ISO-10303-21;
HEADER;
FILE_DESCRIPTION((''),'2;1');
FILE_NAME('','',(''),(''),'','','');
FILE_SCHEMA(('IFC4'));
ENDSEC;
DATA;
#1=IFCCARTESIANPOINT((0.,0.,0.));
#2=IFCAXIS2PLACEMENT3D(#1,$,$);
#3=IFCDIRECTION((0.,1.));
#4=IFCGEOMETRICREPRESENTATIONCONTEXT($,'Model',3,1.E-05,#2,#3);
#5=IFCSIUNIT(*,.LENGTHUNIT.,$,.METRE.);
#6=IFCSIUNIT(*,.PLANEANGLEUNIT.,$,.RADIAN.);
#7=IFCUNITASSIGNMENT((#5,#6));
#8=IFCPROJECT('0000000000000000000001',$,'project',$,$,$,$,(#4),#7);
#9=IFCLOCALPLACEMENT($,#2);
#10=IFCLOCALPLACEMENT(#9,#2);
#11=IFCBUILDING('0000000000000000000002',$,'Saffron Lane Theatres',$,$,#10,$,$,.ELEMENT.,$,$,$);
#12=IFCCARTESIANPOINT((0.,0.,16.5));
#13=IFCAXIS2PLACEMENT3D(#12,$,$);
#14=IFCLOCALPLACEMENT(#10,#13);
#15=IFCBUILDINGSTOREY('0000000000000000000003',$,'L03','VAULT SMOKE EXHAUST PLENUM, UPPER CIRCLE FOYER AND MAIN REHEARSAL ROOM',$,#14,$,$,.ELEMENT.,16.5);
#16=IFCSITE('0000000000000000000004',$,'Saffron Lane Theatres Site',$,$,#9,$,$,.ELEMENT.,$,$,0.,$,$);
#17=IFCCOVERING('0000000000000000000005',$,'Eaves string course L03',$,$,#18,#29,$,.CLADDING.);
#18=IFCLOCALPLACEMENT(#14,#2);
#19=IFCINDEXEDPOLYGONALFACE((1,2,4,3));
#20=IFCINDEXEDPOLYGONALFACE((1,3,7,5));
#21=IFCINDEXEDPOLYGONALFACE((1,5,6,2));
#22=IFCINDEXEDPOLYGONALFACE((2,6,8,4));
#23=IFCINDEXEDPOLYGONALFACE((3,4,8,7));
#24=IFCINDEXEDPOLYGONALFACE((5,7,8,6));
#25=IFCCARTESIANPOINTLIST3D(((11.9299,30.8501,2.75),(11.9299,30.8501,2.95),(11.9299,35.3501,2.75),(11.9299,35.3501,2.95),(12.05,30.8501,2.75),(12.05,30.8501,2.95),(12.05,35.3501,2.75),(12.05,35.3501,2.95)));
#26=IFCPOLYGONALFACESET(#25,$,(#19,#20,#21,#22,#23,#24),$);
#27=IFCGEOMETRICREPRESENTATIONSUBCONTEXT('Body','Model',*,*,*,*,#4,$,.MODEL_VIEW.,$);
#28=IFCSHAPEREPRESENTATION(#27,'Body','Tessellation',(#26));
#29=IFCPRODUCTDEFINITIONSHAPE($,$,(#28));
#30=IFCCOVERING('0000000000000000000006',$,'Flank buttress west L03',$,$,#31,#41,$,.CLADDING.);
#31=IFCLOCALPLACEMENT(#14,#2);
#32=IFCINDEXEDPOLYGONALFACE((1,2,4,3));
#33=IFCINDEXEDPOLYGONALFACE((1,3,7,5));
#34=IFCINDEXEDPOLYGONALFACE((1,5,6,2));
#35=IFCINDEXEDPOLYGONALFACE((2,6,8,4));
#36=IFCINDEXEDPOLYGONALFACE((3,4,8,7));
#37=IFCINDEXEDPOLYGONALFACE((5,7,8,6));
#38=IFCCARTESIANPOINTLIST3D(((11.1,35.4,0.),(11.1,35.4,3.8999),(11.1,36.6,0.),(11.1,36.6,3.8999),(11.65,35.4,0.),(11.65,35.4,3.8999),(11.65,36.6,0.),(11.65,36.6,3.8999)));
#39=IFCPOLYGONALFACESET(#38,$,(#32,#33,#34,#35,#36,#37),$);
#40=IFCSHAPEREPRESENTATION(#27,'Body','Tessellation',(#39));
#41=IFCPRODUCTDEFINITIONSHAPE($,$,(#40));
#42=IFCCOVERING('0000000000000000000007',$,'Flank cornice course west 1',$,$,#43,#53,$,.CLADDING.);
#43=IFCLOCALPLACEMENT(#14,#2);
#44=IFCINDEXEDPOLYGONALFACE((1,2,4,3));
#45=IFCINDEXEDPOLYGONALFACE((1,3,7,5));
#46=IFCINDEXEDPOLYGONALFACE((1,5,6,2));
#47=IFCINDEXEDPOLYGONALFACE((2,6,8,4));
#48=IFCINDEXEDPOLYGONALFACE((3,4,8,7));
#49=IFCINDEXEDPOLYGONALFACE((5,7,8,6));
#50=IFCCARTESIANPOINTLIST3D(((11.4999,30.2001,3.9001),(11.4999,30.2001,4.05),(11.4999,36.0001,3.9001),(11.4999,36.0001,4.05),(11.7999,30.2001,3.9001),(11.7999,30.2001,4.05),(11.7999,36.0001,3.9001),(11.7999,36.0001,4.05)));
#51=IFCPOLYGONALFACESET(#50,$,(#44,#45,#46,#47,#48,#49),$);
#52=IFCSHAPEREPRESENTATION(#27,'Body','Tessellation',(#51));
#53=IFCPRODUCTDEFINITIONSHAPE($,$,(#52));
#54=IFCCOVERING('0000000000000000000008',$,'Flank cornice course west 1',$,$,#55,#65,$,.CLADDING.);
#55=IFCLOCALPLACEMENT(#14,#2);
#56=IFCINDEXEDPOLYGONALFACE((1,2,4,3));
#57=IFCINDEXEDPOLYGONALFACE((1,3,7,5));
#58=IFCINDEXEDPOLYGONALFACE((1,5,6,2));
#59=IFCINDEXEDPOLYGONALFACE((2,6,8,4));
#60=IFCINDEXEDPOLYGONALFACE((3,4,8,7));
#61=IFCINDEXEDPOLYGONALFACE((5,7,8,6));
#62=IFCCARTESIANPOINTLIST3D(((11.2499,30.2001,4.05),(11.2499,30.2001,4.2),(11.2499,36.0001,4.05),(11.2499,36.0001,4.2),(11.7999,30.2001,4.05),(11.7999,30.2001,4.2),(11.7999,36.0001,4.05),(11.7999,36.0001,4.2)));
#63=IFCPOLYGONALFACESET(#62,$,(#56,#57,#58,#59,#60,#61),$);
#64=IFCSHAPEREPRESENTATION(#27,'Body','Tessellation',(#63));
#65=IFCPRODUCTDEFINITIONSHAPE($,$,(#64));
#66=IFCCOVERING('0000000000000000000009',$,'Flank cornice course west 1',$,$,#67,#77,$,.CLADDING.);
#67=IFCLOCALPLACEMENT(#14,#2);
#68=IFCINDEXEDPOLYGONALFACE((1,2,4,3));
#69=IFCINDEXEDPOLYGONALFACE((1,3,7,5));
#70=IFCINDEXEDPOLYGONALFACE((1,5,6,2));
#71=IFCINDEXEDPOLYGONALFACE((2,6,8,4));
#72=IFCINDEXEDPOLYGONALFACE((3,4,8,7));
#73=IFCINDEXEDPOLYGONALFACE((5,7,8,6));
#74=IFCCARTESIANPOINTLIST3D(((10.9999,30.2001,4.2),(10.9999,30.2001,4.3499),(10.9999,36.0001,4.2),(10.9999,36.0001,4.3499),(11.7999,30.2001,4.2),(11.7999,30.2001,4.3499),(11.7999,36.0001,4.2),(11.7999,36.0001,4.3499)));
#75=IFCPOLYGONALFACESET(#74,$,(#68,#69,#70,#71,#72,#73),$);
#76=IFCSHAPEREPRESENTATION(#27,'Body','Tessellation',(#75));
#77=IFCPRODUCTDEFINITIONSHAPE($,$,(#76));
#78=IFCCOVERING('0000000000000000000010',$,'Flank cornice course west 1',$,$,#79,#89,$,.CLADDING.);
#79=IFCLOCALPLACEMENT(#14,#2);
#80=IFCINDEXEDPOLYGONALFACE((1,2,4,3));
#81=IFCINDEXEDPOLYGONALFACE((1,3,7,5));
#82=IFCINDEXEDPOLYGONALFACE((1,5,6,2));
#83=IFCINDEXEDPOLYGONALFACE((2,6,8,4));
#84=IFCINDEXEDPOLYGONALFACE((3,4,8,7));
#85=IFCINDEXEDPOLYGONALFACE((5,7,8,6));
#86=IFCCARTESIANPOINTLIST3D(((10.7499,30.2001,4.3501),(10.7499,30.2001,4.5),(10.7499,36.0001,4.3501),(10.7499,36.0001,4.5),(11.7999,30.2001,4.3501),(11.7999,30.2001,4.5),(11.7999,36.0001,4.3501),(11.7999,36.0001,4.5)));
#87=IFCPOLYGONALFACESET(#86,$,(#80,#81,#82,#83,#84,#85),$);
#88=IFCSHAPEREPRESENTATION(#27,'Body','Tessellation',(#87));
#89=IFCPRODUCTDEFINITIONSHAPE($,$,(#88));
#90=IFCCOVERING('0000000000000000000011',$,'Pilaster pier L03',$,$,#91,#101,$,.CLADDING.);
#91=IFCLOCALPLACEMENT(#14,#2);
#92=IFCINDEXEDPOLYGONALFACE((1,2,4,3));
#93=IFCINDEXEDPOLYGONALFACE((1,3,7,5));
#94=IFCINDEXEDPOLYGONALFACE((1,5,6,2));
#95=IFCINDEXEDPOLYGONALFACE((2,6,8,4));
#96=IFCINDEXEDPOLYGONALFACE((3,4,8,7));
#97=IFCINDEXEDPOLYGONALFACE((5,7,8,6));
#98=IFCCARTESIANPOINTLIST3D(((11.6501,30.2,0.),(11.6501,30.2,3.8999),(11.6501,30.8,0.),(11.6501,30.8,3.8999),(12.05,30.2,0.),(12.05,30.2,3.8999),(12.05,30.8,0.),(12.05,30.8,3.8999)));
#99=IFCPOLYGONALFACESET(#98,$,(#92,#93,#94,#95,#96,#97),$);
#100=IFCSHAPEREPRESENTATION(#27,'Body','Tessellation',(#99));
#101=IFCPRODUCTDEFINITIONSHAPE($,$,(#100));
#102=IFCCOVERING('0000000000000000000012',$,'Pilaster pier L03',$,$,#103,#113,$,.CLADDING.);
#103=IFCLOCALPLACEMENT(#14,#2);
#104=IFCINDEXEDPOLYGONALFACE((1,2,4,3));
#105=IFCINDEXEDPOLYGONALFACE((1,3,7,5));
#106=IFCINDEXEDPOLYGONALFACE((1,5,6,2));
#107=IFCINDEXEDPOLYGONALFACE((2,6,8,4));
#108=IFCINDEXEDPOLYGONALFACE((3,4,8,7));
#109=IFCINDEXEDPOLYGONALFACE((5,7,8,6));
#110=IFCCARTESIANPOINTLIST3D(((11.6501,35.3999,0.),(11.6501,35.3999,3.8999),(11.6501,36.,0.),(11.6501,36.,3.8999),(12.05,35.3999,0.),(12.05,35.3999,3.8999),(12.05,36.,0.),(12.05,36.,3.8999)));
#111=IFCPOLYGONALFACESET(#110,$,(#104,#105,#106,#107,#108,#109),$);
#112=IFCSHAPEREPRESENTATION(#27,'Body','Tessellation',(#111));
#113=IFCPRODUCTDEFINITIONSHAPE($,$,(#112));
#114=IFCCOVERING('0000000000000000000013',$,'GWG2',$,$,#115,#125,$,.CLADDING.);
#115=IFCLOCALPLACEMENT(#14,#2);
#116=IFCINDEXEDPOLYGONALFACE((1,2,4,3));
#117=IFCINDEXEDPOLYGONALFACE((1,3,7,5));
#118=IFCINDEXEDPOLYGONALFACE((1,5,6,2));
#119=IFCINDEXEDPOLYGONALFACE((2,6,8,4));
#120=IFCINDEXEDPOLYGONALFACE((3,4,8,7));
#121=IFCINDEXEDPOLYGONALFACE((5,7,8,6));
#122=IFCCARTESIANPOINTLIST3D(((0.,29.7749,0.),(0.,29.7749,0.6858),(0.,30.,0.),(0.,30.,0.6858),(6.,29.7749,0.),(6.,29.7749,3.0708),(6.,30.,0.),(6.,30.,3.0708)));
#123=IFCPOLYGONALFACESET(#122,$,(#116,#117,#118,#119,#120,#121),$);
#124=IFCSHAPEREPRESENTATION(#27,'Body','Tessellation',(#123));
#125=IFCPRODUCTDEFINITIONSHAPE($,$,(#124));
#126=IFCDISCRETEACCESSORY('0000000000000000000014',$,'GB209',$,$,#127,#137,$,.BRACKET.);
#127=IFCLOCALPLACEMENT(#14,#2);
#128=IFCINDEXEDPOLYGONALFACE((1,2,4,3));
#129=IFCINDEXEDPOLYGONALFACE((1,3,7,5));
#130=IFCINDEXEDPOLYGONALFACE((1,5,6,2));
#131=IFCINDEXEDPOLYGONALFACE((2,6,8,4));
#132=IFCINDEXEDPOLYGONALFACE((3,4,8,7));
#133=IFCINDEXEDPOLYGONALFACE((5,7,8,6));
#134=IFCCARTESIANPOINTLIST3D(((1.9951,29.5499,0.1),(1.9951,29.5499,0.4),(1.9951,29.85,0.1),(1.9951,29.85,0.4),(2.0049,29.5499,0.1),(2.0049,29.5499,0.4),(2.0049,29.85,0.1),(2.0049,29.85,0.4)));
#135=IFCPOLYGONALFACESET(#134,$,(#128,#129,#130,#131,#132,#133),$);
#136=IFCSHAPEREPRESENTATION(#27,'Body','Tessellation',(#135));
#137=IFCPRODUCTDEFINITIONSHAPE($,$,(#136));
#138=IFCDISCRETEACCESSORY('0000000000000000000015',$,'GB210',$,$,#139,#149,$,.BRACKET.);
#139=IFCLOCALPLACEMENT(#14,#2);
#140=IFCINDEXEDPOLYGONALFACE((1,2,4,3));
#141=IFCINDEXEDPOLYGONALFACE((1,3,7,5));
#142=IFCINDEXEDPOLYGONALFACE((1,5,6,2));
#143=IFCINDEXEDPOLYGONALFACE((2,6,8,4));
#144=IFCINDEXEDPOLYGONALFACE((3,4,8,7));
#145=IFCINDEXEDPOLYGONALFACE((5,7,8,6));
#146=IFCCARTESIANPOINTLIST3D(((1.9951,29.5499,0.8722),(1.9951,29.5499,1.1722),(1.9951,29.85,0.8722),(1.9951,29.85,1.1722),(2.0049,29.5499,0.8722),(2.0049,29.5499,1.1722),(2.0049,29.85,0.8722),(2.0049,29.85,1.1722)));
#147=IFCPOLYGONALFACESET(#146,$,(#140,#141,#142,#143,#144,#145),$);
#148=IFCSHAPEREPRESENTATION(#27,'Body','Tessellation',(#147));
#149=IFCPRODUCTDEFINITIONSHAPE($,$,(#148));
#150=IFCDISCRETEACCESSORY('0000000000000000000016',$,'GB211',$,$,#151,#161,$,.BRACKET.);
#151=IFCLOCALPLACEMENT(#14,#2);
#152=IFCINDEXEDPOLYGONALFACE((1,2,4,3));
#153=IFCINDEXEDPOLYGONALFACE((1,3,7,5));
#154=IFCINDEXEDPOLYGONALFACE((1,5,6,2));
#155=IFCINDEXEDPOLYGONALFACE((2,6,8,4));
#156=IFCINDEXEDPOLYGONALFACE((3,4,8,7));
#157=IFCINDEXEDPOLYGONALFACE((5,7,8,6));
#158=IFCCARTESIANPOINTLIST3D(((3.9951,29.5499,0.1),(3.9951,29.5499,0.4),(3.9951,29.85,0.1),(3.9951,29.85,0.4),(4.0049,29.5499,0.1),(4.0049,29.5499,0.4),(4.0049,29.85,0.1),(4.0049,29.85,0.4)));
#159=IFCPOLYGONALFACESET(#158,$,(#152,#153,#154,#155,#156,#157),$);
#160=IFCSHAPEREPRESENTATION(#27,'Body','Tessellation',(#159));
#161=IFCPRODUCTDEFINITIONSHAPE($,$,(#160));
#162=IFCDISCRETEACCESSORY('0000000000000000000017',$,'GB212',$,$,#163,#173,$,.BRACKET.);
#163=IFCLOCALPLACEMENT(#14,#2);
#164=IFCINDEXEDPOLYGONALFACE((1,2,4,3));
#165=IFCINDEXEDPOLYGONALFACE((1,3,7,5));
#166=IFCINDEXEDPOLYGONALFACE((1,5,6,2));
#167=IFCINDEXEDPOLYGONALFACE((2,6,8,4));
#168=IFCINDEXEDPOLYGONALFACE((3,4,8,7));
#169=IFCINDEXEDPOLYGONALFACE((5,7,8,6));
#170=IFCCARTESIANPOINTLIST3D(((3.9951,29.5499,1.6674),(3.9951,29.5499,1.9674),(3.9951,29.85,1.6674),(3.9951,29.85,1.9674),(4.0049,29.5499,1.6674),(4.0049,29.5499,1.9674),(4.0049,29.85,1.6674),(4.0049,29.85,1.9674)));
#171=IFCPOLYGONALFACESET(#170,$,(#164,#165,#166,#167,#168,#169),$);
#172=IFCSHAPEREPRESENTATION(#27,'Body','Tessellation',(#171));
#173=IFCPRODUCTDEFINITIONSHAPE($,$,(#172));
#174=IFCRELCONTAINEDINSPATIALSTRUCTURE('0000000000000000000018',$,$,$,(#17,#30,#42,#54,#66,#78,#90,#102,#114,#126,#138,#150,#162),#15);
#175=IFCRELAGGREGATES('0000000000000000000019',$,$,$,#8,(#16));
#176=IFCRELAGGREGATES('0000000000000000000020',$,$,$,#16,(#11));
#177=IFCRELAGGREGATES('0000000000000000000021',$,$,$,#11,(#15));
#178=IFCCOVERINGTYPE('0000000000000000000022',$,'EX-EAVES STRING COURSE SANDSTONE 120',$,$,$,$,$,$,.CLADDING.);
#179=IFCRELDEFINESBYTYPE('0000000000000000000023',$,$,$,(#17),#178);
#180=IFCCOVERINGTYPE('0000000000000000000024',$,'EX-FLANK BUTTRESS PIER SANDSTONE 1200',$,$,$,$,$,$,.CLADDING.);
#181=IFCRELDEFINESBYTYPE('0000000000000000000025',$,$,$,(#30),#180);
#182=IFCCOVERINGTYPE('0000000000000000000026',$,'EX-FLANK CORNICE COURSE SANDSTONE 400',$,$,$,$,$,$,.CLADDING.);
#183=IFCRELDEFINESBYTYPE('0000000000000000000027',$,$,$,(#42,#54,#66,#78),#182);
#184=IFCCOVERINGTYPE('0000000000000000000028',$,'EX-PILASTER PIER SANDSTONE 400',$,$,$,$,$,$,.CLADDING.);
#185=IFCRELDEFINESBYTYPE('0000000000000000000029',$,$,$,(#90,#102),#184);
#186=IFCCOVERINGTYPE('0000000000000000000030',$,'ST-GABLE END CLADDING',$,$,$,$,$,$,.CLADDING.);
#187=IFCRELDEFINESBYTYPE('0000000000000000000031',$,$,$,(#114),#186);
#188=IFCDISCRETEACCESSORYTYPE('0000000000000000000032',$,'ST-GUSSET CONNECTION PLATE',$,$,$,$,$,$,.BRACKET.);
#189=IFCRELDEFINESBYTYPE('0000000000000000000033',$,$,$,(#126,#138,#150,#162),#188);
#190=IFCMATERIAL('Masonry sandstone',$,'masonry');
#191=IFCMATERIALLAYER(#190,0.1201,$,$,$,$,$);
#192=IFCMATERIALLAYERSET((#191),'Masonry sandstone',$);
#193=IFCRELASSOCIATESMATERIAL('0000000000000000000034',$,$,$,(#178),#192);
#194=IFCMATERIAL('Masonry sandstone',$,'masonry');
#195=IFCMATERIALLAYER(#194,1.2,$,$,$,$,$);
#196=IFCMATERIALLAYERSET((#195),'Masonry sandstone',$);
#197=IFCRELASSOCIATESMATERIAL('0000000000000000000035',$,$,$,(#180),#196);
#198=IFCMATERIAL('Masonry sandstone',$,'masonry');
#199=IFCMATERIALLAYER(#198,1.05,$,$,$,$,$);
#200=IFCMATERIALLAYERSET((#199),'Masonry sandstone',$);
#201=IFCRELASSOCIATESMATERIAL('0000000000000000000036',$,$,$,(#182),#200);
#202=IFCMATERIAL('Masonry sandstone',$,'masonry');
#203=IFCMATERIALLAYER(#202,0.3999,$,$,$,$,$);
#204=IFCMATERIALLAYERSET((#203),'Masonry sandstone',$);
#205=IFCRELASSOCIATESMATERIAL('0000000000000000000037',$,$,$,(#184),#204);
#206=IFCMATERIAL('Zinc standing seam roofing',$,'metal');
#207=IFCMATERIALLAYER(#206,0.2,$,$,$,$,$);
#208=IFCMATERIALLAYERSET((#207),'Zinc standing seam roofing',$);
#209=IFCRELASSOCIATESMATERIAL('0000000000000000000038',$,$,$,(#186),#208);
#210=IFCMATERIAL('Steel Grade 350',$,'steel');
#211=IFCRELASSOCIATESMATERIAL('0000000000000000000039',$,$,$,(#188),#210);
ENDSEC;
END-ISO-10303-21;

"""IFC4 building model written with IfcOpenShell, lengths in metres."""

from ifc_helpers import new_model, si_unit, direction, frame, origin, origin_2d, place, context, subcontext, project, spatial, polyline, rectangle, outline, extrude, material, layer, layer_set, material_profile, profile_set, type_object, element, save


model = new_model("IFC4")

# Units and contexts
model_context = context("Model", 3, precision=1e-05, world=origin(), true_north=direction((0.0, 1.0)))
body_context = subcontext(model_context, "Body", "Model", "MODEL_VIEW")
ifc_project = project(units=[si_unit("LENGTHUNIT", "METRE"), si_unit("PLANEANGLEUNIT", "RADIAN")], contexts=[model_context])

# Site, building, storey
site_placement = place(None, origin())
site = spatial("IfcSite", under=ifc_project, at=site_placement, Name="Saffron Lane Theatres Site", CompositionType="ELEMENT", RefElevation=0.0)
building_placement = place(site_placement, origin())
building = spatial("IfcBuilding", under=site, at=building_placement, Name="Saffron Lane Theatres", CompositionType="ELEMENT")
storey_placement = place(building_placement, frame((0.0, 0.0, 16.5)))
storey = spatial("IfcBuildingStorey", under=building, at=storey_placement, Name="L03", Description="VAULT SMOKE EXHAUST PLENUM, UPPER CIRCLE FOYER AND MAIN REHEARSAL ROOM", CompositionType="ELEMENT", Elevation=16.5)

# Coverings
ifc_material_1 = material(Name="Masonry sandstone", Category="masonry")
ifc_layer_1 = layer(ifc_material_1, 0.1201)
ifc_layer_set_1 = layer_set([ifc_layer_1], Name="Masonry sandstone")
covering_type_1 = type_object("IfcCoveringType", Name="EX-EAVES STRING COURSE SANDSTONE 120", PredefinedType="CLADDING", material=ifc_layer_set_1)
covering_1_placement = place(storey_placement, frame((11.99, 33.1001, 2.75), z_axis=(0.0, 0.0, 1.0), x_axis=(0.0, 1.0, 0.0)))
element("IfcCovering", 1, at=covering_1_placement, inside=storey, type_object=covering_type_1, Name="Eaves string course L03", PredefinedType="CLADDING", context=body_context, shape_type="SweptSolid", body=[
    extrude(rectangle(XDim=4.5, YDim=0.1201, at=origin_2d()), origin(), (0.0, 0.0, 1.0), 0.2),
])
ifc_material_2 = material(Name="Masonry sandstone", Category="masonry")
ifc_layer_2 = layer(ifc_material_2, 1.2)
ifc_layer_set_2 = layer_set([ifc_layer_2], Name="Masonry sandstone")
covering_type_2 = type_object("IfcCoveringType", Name="EX-FLANK BUTTRESS PIER SANDSTONE 1200", PredefinedType="CLADDING", material=ifc_layer_set_2)
covering_2_placement = place(storey_placement, frame((11.375, 36.0, 0.0), z_axis=(0.0, 0.0, 1.0), x_axis=(0.0, 1.0, 0.0)))
element("IfcCovering", 2, at=covering_2_placement, inside=storey, type_object=covering_type_2, Name="Flank buttress west L03", PredefinedType="CLADDING", context=body_context, shape_type="SweptSolid", body=[
    extrude(rectangle(XDim=1.2, YDim=0.55, at=origin_2d()), origin(), (0.0, 0.0, 1.0), 3.8999),
])
ifc_material_3 = material(Name="Masonry sandstone", Category="masonry")
ifc_layer_3 = layer(ifc_material_3, 1.05)
ifc_layer_set_3 = layer_set([ifc_layer_3], Name="Masonry sandstone")
covering_type_3 = type_object("IfcCoveringType", Name="EX-FLANK CORNICE COURSE SANDSTONE 400", PredefinedType="CLADDING", material=ifc_layer_set_3)
covering_3_placement = place(storey_placement, frame((11.6499, 33.1001, 3.9001), z_axis=(0.0, 0.0, 1.0), x_axis=(0.0, 1.0, 0.0)))
element("IfcCovering", 3, at=covering_3_placement, inside=storey, type_object=covering_type_3, Name="Flank cornice course west 1", PredefinedType="CLADDING", context=body_context, shape_type="SweptSolid", body=[
    extrude(rectangle(XDim=5.8, YDim=0.3, at=origin_2d()), origin(), (0.0, 0.0, 1.0), 0.1499),
])
covering_4_placement = place(storey_placement, frame((11.5249, 33.1001, 4.05), z_axis=(0.0, 0.0, 1.0), x_axis=(0.0, 1.0, 0.0)))
element("IfcCovering", 4, at=covering_4_placement, inside=storey, type_object=covering_type_3, Name="Flank cornice course west 1", PredefinedType="CLADDING", context=body_context, shape_type="SweptSolid", body=[
    extrude(rectangle(XDim=5.8, YDim=0.55, at=origin_2d()), origin(), (0.0, 0.0, 1.0), 0.1499),
])
covering_5_placement = place(storey_placement, frame((11.3999, 33.1001, 4.2), z_axis=(0.0, 0.0, 1.0), x_axis=(0.0, 1.0, 0.0)))
element("IfcCovering", 5, at=covering_5_placement, inside=storey, type_object=covering_type_3, Name="Flank cornice course west 1", PredefinedType="CLADDING", context=body_context, shape_type="SweptSolid", body=[
    extrude(rectangle(XDim=5.8, YDim=0.8, at=origin_2d()), origin(), (0.0, 0.0, 1.0), 0.1499),
])
covering_6_placement = place(storey_placement, frame((11.2749, 33.1001, 4.3501), z_axis=(0.0, 0.0, 1.0), x_axis=(0.0, 1.0, 0.0)))
element("IfcCovering", 6, at=covering_6_placement, inside=storey, type_object=covering_type_3, Name="Flank cornice course west 1", PredefinedType="CLADDING", context=body_context, shape_type="SweptSolid", body=[
    extrude(rectangle(XDim=5.8, YDim=1.05, at=origin_2d()), origin(), (0.0, 0.0, 1.0), 0.1499),
])
ifc_material_4 = material(Name="Masonry sandstone", Category="masonry")
ifc_layer_4 = layer(ifc_material_4, 0.3999)
ifc_layer_set_4 = layer_set([ifc_layer_4], Name="Masonry sandstone")
covering_type_4 = type_object("IfcCoveringType", Name="EX-PILASTER PIER SANDSTONE 400", PredefinedType="CLADDING", material=ifc_layer_set_4)
for number, where, z_axis, x_axis, name in (
    (7, (11.8501, 30.5, 0.0), (0.0, 0.0, 1.0), (0.0, 1.0, 0.0), "Pilaster pier L03"),
    (8, (11.8501, 35.7, 0.0), (0.0, 0.0, 1.0), (0.0, 1.0, 0.0), "Pilaster pier L03"),
):
    element("IfcCovering", number, at=place(storey_placement, frame(where, z_axis=z_axis, x_axis=x_axis)), inside=storey, type_object=covering_type_4, Name=name, PredefinedType="CLADDING", context=body_context, shape_type="SweptSolid", body=[
        extrude(rectangle(XDim=0.6001, YDim=0.3999, at=origin_2d()), origin(), (0.0, 0.0, 1.0), 3.8999),
    ])
ifc_material_5 = material(Name="Zinc standing seam roofing", Category="metal")
ifc_layer_5 = layer(ifc_material_5, 0.2)
ifc_layer_set_5 = layer_set([ifc_layer_5], Name="Zinc standing seam roofing")
covering_type_5 = type_object("IfcCoveringType", Name="ST-GABLE END CLADDING", PredefinedType="CLADDING", material=ifc_layer_set_5)
covering_7_placement = place(storey_placement, frame((0.0, 30.0, 0.6858), z_axis=(0.0, 1.0, 0.0), x_axis=(0.929275, 0.0, 0.369388)))
element("IfcCovering", 9, at=covering_7_placement, inside=storey, type_object=covering_type_5, Name="GWG2", PredefinedType="CLADDING", context=body_context, shape_type="SweptSolid", body=[
    extrude(outline(polyline([(0.0, 0.0), (6.4566, 0.0), (5.3223, 2.8536), (-0.2533, 0.6373), (0.0, 0.0)])), origin(), (0.0, 0.0, -1.0), 0.2251),
])

# Discrete accessories
ifc_material_6 = material(Name="Steel Grade 350", Category="steel")
ifc_material_profile_1 = material_profile(ifc_material_6, rectangle(XDim=0.3, YDim=0.3, at=origin_2d()))
ifc_profile_set_1 = profile_set([ifc_material_profile_1], Name="Steel Grade 350")
discrete_accessory_type_1 = type_object("IfcDiscreteAccessoryType", Name="ST-GUSSET CONNECTION PLATE", PredefinedType="BRACKET", material=ifc_profile_set_1)
for number, where, z_axis, x_axis, name in (
    (10, (1.9951, 29.7, 0.25), (1.0, 0.0, 0.0), (0.0, 1.0, 0.0), "GB209"),
    (11, (1.9951, 29.7, 1.0222), (1.0, 0.0, 0.0), (0.0, 1.0, 0.0), "GB210"),
    (12, (3.9951, 29.7, 0.25), (1.0, 0.0, 0.0), (0.0, 1.0, 0.0), "GB211"),
    (13, (3.9951, 29.7, 1.8174), (1.0, 0.0, 0.0), (0.0, 1.0, 0.0), "GB212"),
):
    element("IfcDiscreteAccessory", number, at=place(storey_placement, frame(where, z_axis=z_axis, x_axis=x_axis)), inside=storey, type_object=discrete_accessory_type_1, Name=name, PredefinedType="BRACKET", context=body_context, shape_type="SweptSolid", body=[
        extrude(rectangle(XDim=0.3, YDim=0.3, at=origin_2d()), origin(), (0.0, 0.0, 1.0), 0.0098),
    ])

save(model, "model.ifc")
